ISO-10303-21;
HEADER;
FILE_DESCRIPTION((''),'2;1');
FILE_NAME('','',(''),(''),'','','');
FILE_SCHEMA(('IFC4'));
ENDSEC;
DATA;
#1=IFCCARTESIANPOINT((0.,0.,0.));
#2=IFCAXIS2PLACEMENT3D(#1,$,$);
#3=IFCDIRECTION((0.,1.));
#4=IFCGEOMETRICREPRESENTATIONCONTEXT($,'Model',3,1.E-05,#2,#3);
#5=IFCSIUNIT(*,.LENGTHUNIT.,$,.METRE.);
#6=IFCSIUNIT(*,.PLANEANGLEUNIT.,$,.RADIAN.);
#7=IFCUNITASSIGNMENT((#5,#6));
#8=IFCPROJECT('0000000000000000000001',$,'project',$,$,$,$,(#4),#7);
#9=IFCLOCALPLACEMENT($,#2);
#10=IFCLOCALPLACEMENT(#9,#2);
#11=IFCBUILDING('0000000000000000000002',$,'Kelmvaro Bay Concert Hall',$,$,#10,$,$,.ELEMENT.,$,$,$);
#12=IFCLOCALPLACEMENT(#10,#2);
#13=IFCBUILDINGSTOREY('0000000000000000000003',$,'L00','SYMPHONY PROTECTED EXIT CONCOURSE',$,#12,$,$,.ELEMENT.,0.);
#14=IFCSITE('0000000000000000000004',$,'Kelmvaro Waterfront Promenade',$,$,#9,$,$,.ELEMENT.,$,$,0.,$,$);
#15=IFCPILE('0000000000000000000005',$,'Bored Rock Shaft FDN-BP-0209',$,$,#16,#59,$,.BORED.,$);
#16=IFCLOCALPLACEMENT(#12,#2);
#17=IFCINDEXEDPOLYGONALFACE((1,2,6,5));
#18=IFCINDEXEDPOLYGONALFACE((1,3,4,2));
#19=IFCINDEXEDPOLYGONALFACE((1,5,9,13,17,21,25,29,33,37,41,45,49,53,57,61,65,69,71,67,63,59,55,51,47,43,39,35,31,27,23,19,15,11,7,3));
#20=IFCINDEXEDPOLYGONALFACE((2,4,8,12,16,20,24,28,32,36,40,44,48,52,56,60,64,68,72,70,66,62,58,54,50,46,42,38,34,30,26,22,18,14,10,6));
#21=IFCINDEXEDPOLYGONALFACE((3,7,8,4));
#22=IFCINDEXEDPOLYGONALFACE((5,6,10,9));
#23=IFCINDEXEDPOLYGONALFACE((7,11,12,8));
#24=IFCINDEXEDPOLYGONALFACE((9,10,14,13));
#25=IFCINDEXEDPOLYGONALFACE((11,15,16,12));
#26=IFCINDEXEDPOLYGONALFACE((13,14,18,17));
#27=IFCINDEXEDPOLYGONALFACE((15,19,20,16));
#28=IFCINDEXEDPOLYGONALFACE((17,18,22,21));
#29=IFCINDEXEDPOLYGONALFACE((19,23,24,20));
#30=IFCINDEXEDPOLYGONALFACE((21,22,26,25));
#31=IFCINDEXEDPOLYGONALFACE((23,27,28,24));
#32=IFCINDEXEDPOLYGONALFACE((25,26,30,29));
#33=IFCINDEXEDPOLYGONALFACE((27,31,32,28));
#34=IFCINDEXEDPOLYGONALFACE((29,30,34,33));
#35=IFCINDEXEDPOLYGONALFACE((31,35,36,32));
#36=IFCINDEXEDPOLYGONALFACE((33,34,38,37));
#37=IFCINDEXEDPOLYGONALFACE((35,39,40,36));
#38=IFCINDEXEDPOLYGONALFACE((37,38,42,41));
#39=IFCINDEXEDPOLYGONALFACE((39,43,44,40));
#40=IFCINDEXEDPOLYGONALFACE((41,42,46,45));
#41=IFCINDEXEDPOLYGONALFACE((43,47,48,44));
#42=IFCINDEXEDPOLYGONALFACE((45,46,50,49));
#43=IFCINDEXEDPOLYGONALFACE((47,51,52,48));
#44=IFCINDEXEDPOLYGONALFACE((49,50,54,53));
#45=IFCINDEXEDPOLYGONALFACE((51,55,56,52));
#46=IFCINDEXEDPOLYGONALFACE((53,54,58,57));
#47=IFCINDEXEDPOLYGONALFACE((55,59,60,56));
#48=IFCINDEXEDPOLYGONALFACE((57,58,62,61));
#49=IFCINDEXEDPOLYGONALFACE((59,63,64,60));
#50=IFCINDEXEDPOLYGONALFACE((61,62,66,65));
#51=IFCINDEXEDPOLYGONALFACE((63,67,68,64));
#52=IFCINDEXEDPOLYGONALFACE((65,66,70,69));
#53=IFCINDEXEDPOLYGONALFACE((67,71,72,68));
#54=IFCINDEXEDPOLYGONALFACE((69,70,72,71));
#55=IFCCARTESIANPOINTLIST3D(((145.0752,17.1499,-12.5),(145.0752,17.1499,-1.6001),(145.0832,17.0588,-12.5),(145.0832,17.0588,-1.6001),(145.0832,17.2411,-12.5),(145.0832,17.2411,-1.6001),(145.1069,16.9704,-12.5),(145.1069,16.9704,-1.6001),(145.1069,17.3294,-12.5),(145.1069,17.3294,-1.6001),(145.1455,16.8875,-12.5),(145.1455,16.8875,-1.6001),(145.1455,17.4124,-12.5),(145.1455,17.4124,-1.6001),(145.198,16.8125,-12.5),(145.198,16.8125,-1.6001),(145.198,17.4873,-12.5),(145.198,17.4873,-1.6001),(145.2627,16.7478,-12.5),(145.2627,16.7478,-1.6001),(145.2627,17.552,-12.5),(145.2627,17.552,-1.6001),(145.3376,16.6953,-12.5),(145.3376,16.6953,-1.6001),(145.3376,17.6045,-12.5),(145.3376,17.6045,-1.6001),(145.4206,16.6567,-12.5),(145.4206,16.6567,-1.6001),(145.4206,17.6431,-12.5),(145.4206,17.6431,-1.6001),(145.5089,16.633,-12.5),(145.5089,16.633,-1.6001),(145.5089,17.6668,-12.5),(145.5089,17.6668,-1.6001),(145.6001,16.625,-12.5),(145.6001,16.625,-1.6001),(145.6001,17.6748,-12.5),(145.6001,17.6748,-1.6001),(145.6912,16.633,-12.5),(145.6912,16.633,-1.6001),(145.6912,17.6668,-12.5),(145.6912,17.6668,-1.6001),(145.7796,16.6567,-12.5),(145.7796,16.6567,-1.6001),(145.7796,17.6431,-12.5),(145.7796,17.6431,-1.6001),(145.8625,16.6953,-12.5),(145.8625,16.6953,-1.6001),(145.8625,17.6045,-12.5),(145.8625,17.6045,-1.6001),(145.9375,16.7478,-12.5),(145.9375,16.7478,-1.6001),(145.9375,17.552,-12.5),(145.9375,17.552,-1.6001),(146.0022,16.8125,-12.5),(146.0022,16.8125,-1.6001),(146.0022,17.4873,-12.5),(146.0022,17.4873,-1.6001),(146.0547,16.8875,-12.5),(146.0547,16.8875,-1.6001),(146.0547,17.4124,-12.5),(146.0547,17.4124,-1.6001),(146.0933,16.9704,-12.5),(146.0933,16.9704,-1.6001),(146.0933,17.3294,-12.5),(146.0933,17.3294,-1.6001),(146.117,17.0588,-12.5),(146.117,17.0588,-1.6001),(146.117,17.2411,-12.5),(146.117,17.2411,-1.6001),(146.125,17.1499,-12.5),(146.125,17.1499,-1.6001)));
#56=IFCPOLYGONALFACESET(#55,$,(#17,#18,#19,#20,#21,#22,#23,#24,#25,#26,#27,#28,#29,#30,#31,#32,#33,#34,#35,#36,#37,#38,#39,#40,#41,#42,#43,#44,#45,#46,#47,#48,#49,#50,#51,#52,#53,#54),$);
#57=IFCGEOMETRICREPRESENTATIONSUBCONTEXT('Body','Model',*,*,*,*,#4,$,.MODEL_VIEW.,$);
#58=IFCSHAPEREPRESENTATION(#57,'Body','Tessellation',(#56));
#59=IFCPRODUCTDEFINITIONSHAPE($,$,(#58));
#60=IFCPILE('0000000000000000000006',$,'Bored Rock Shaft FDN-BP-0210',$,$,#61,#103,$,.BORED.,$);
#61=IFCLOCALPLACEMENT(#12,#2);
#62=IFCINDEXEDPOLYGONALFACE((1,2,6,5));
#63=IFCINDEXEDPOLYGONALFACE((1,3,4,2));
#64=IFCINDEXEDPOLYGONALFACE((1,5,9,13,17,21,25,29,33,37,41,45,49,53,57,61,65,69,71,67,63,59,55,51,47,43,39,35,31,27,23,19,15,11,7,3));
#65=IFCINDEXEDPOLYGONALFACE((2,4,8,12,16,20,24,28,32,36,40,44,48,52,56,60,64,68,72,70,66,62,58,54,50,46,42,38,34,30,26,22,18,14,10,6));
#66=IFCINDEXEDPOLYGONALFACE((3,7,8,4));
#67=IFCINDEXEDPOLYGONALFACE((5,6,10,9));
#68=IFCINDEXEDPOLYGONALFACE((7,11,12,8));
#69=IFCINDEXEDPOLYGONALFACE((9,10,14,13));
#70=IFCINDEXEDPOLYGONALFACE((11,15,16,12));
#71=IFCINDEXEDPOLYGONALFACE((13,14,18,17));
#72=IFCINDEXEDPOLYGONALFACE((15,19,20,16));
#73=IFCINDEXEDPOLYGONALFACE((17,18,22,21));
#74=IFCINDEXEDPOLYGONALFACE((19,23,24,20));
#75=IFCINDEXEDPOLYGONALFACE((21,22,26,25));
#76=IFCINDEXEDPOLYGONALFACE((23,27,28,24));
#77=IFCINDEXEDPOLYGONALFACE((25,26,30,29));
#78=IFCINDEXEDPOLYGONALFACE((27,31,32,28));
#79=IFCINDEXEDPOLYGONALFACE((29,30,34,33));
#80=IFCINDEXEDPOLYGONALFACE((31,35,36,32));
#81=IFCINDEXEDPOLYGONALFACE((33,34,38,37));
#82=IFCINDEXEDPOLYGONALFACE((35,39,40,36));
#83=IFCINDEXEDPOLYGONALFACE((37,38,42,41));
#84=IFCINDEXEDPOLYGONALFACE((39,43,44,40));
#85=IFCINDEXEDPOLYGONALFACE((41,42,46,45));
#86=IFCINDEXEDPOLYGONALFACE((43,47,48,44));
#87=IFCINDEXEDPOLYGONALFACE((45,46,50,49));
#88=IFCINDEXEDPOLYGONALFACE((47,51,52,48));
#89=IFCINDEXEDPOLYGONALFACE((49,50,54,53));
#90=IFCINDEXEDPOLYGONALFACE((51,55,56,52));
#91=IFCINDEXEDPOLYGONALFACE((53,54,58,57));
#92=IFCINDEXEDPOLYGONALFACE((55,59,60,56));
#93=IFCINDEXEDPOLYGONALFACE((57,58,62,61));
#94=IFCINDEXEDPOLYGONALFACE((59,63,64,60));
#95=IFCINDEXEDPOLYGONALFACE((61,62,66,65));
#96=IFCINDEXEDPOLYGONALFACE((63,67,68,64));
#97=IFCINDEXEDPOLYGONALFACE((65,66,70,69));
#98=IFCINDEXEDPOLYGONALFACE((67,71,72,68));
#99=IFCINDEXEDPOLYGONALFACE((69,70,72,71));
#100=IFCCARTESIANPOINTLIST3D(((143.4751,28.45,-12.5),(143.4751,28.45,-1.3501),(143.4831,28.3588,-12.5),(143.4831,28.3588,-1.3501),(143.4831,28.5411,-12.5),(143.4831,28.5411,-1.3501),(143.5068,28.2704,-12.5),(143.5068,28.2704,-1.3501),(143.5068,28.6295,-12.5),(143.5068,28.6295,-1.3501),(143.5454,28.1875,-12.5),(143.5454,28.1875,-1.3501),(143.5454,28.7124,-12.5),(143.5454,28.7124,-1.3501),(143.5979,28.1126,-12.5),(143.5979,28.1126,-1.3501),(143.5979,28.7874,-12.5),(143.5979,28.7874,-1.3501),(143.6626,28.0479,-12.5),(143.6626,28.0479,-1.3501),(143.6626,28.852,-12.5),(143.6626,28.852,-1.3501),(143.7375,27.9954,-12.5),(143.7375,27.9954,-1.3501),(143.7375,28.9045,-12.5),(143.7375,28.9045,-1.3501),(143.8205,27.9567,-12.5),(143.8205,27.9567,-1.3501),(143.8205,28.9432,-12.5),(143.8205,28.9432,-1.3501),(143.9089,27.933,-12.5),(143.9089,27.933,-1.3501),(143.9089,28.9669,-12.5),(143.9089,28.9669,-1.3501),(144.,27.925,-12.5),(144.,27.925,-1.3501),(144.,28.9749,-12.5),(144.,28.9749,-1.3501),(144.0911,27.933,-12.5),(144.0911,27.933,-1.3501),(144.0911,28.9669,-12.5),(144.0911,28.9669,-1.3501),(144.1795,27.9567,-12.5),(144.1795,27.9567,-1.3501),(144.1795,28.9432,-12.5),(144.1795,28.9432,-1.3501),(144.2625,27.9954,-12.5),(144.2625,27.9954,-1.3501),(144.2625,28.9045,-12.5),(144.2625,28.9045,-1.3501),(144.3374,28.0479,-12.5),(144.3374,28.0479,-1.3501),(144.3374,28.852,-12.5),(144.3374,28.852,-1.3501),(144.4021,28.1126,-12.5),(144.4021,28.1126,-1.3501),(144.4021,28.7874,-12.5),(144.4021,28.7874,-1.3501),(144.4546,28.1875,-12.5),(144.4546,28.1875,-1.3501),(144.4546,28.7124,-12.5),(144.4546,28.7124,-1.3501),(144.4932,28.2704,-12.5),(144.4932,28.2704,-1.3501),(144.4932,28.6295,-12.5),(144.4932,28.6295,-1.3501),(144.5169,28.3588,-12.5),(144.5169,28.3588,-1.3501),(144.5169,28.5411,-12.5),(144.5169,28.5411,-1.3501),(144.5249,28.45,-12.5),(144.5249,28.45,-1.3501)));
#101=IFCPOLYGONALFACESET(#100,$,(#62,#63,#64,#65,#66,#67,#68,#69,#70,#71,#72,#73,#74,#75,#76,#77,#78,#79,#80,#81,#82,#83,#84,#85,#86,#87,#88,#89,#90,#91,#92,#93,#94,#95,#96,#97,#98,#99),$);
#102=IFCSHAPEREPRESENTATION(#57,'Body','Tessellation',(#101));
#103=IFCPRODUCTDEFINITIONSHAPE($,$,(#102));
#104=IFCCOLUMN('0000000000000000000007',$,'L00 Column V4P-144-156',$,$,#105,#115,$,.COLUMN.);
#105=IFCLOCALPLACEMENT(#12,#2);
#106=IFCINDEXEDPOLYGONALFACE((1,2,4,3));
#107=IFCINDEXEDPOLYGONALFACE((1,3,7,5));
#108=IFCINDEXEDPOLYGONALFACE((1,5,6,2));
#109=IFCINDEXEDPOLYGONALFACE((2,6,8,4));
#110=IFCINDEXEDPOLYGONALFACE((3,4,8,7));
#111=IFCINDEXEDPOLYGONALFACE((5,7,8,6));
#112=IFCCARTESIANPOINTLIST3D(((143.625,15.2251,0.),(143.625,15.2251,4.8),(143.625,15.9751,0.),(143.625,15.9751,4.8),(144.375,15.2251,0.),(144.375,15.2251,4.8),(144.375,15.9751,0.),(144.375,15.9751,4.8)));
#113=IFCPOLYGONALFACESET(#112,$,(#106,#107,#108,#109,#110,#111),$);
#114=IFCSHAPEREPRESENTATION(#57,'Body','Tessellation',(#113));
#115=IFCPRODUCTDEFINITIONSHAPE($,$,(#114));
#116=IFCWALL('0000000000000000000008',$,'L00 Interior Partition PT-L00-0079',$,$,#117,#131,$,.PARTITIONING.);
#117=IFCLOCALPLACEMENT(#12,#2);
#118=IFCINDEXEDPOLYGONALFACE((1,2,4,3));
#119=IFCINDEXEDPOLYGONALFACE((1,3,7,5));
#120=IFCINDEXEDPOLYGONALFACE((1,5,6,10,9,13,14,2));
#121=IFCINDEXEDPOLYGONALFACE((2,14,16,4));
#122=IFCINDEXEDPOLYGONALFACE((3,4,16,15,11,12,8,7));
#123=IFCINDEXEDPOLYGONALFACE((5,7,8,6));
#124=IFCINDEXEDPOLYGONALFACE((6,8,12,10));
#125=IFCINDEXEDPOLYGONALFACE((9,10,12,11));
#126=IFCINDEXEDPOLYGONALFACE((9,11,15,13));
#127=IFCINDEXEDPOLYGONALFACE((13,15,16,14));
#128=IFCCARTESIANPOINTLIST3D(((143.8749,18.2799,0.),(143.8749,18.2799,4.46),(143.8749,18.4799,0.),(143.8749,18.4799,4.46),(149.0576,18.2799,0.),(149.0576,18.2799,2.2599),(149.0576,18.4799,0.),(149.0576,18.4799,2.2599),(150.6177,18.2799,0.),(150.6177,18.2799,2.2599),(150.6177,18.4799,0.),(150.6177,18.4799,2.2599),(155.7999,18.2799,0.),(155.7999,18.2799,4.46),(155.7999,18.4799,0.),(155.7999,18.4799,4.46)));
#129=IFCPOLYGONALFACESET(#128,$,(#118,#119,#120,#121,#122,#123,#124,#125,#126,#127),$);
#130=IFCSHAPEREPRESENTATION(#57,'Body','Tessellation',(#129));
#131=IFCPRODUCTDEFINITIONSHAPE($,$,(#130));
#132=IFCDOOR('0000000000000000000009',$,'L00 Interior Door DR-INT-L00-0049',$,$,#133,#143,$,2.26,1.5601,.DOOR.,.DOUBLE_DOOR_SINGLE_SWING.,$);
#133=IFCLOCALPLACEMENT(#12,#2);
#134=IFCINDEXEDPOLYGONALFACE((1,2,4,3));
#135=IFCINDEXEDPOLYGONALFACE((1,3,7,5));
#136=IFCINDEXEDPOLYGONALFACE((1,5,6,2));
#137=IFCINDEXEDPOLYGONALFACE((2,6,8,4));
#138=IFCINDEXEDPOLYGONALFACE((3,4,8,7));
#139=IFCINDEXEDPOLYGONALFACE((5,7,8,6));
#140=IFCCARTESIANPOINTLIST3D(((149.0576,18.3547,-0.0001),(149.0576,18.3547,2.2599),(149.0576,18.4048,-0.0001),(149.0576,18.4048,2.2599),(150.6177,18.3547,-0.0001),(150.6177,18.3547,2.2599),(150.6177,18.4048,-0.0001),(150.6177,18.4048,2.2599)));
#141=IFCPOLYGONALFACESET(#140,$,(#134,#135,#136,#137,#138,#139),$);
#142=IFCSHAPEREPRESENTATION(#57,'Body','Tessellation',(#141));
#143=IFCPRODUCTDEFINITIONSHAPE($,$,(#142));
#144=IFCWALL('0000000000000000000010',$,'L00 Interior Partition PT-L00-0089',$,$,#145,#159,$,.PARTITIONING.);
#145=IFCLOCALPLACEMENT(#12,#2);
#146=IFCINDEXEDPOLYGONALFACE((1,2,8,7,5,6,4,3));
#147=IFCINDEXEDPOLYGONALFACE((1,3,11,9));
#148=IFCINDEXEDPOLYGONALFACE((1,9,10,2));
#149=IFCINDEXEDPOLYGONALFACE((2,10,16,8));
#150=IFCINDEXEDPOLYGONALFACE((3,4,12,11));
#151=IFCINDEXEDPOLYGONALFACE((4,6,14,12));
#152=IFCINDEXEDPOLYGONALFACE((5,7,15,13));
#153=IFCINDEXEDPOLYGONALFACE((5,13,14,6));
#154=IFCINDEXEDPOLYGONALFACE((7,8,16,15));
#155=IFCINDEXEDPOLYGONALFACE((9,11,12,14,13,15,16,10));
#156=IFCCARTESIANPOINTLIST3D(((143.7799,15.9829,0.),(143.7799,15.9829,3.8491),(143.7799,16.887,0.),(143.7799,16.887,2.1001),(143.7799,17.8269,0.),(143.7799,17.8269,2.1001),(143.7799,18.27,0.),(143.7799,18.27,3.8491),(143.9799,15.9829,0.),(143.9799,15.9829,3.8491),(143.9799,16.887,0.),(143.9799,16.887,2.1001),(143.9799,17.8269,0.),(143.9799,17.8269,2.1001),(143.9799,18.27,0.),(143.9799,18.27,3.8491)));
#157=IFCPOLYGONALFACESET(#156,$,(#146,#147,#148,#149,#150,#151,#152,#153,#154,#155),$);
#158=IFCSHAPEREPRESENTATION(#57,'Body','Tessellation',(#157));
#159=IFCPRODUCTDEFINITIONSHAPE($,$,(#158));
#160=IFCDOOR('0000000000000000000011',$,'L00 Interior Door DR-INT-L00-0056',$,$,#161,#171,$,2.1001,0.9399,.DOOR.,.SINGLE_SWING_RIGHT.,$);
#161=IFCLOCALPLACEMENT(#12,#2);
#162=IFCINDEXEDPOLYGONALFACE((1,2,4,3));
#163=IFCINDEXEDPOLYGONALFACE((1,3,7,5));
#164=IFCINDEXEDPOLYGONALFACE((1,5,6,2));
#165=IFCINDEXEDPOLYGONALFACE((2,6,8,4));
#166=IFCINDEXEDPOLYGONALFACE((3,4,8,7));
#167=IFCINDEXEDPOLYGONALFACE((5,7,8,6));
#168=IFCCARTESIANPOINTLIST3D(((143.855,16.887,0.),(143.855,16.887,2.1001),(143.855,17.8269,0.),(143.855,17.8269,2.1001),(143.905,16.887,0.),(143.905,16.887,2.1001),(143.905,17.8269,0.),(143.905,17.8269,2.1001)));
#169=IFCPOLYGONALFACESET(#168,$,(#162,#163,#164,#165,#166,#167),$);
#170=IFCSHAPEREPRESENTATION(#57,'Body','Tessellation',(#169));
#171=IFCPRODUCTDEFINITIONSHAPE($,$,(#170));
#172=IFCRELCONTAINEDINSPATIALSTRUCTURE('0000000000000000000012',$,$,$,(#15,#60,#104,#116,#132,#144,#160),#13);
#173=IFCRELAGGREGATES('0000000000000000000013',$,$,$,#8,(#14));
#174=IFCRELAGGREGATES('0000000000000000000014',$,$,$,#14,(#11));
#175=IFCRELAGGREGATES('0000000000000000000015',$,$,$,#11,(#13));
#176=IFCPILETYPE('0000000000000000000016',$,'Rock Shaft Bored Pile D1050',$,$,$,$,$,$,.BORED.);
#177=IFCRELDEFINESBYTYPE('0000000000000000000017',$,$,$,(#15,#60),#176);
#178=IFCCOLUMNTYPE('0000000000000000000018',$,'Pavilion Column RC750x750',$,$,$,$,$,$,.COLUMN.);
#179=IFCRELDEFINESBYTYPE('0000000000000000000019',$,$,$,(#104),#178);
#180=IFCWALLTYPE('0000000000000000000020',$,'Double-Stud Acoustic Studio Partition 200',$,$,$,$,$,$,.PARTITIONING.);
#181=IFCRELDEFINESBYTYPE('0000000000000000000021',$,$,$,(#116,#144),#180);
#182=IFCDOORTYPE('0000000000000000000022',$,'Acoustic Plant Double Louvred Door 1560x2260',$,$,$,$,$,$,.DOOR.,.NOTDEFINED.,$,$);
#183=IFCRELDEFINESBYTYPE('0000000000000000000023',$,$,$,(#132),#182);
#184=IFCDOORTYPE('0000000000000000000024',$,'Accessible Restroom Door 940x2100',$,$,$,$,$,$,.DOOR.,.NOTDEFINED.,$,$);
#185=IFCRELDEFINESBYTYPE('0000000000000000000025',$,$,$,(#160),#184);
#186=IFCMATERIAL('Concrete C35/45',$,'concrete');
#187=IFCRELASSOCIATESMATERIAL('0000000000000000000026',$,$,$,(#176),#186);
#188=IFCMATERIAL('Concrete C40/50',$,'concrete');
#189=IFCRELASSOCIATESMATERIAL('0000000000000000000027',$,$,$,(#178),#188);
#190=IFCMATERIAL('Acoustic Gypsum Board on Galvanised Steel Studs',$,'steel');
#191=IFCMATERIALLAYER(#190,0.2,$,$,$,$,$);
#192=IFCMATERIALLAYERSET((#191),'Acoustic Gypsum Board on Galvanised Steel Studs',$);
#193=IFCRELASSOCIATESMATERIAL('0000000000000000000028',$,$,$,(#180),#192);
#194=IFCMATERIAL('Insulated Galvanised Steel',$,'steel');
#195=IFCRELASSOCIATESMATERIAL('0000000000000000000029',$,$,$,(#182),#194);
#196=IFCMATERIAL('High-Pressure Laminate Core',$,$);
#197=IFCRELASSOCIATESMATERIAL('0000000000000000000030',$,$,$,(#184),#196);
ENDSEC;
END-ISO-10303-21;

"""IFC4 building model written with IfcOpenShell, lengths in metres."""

from ifc_helpers import new_model, si_unit, direction, frame, frame_2d, origin, origin_2d, place, context, subcontext, project, spatial, rectangle, circle, extrude, material, layer, layer_set, material_profile, profile_set, type_object, element, fill, save


model = new_model("IFC4")

# Units and contexts
model_context = context("Model", 3, precision=1e-05, world=origin(), true_north=direction((0.0, 1.0)))
body_context = subcontext(model_context, "Body", "Model", "MODEL_VIEW")
ifc_project = project(units=[si_unit("LENGTHUNIT", "METRE"), si_unit("PLANEANGLEUNIT", "RADIAN")], contexts=[model_context])

# Site, building, storey
site_placement = place(None, origin())
site = spatial("IfcSite", under=ifc_project, at=site_placement, Name="Kelmvaro Waterfront Promenade", CompositionType="ELEMENT", RefElevation=0.0)
building_placement = place(site_placement, origin())
building = spatial("IfcBuilding", under=site, at=building_placement, Name="Kelmvaro Bay Concert Hall", CompositionType="ELEMENT")
storey_placement = place(building_placement, origin())
storey = spatial("IfcBuildingStorey", under=building, at=storey_placement, Name="L00", Description="SYMPHONY PROTECTED EXIT CONCOURSE", CompositionType="ELEMENT", Elevation=0.0)

# Piles
ifc_material_1 = material(Name="Concrete C35/45", Category="concrete")
ifc_material_profile_1 = material_profile(ifc_material_1, circle(Radius=0.5249, at=origin_2d()), Name="PILE-BORED-1050")
ifc_profile_set_1 = profile_set([ifc_material_profile_1], Name="Concrete C35/45")
pile_type = type_object("IfcPileType", Name="Rock Shaft Bored Pile D1050", PredefinedType="BORED", material=ifc_profile_set_1)
for number, where, z_axis, x_axis, name in (
    (1, (145.6001, 17.1499, -1.6001), (0.0, 0.0, -1.0), (1.0, 0.0, 0.0), "Bored Rock Shaft FDN-BP-0209"),
):
    element("IfcPile", number, at=place(storey_placement, frame(where, z_axis=z_axis, x_axis=x_axis)), inside=storey, type_object=pile_type, Name=name, PredefinedType="BORED", context=body_context, shape_type="SweptSolid", body=[
        extrude(circle(Radius=0.5249, at=origin_2d()), origin(), (0.0, 0.0, 1.0), 10.8999),
    ])
pile_placement = place(storey_placement, frame((144.0, 28.45, -1.3501), z_axis=(0.0, 0.0, -1.0), x_axis=(1.0, 0.0, 0.0)))
element("IfcPile", 2, at=pile_placement, inside=storey, type_object=pile_type, Name="Bored Rock Shaft FDN-BP-0210", PredefinedType="BORED", context=body_context, shape_type="SweptSolid", body=[
    extrude(circle(Radius=0.5249, at=origin_2d()), origin(), (0.0, 0.0, 1.0), 11.1499),
])

# Column
ifc_material_2 = material(Name="Concrete C40/50", Category="concrete")
ifc_material_profile_2 = material_profile(ifc_material_2, rectangle(XDim=0.75, YDim=0.75, at=origin_2d()), Name="RC-COL-750X750")
ifc_profile_set_2 = profile_set([ifc_material_profile_2], Name="Concrete C40/50")
column_type = type_object("IfcColumnType", Name="Pavilion Column RC750x750", PredefinedType="COLUMN", material=ifc_profile_set_2)
column_placement = place(storey_placement, frame((144.0, 15.6001, 0.0), z_axis=(0.0, 0.0, 1.0), x_axis=(1.0, 0.0, 0.0)))
element("IfcColumn", 3, at=column_placement, inside=storey, type_object=column_type, Name="L00 Column V4P-144-156", PredefinedType="COLUMN", context=body_context, shape_type="SweptSolid", body=[
    extrude(rectangle(XDim=0.75, YDim=0.75, at=origin_2d()), origin(), (0.0, 0.0, 1.0), 4.8),
])

# Walls, openings, doors
ifc_material_3 = material(Name="Acoustic Gypsum Board on Galvanised Steel Studs", Category="steel")
ifc_layer_1 = layer(ifc_material_3, 0.2)
ifc_layer_set_1 = layer_set([ifc_layer_1], Name="Acoustic Gypsum Board on Galvanised Steel Studs")
wall_type_1 = type_object("IfcWallType", Name="Double-Stud Acoustic Studio Partition 200", PredefinedType="PARTITIONING", material=ifc_layer_set_1)
wall_1_placement = place(storey_placement, frame((143.875, 18.3799, 0.0), z_axis=(0.0, 0.0, 1.0), x_axis=(1.0, 0.0, 0.0)))
wall_1 = element("IfcWall", 4, at=wall_1_placement, inside=storey, type_object=wall_type_1, Name="L00 Interior Partition PT-L00-0079", PredefinedType="PARTITIONING", context=body_context, shape_type="SweptSolid", body=[
    extrude(rectangle(XDim=11.925, YDim=0.2, at=frame_2d((5.9624, 0.0))), origin(), (0.0, 0.0, 1.0), 4.46),
])
opening_1_placement = place(wall_1_placement, frame((5.1826, 0.0, 0.0)))
opening_1 = element("IfcOpeningElement", 5, at=opening_1_placement, cuts=wall_1, PredefinedType="OPENING", context=body_context, shape_type="SweptSolid", body=[
    extrude(rectangle(XDim=1.5601, YDim=2.26, at=frame_2d((0.78, 1.1299))), frame((0.0, 0.1099, 0.0), z_axis=(0.0, -1.0, 0.0), x_axis=(1.0, 0.0, 0.0)), (0.0, 0.0, 1.0), 0.22),
])
ifc_material_4 = material(Name="Insulated Galvanised Steel", Category="steel")
door_type_1 = type_object("IfcDoorType", Name="Acoustic Plant Double Louvred Door 1560x2260", OperationType="NOTDEFINED", PredefinedType="DOOR", material=ifc_material_4)
door_1_placement = place(opening_1_placement, origin())
door_1 = element("IfcDoor", 6, at=door_1_placement, inside=storey, type_object=door_type_1, Name="L00 Interior Door DR-INT-L00-0049", OperationType="DOUBLE_DOOR_SINGLE_SWING", OverallHeight=2.26, OverallWidth=1.5601, PredefinedType="DOOR", context=body_context, shape_type="SweptSolid", body=[
    extrude(rectangle(XDim=1.5601, YDim=2.26, at=frame_2d((0.78, 1.1299))), frame((0.0, 0.0249, 0.0), z_axis=(0.0, -1.0, 0.0), x_axis=(1.0, 0.0, 0.0)), (0.0, 0.0, 1.0), 0.05),
])
fill(opening_1, door_1)
wall_2_placement = place(storey_placement, frame((143.8799, 15.9829, 0.0), z_axis=(0.0, 0.0, 1.0), x_axis=(0.0, 1.0, 0.0)))
wall_2 = element("IfcWall", 7, at=wall_2_placement, inside=storey, type_object=wall_type_1, Name="L00 Interior Partition PT-L00-0089", PredefinedType="PARTITIONING", context=body_context, shape_type="SweptSolid", body=[
    extrude(rectangle(XDim=2.2871, YDim=0.2, at=frame_2d((1.1436, 0.0))), origin(), (0.0, 0.0, 1.0), 3.8491),
])
opening_2_placement = place(wall_2_placement, frame((0.9041, 0.0, 0.0)))
opening_2 = element("IfcOpeningElement", 8, at=opening_2_placement, cuts=wall_2, PredefinedType="OPENING", context=body_context, shape_type="SweptSolid", body=[
    extrude(rectangle(XDim=0.9399, YDim=2.1001, at=frame_2d((0.47, 1.05))), frame((0.0, 0.1099, 0.0), z_axis=(0.0, -1.0, 0.0), x_axis=(1.0, 0.0, 0.0)), (0.0, 0.0, 1.0), 0.22),
])
ifc_material_5 = material(Name="High-Pressure Laminate Core")
door_type_2 = type_object("IfcDoorType", Name="Accessible Restroom Door 940x2100", OperationType="NOTDEFINED", PredefinedType="DOOR", material=ifc_material_5)
door_2_placement = place(opening_2_placement, origin())
door_2 = element("IfcDoor", 9, at=door_2_placement, inside=storey, type_object=door_type_2, Name="L00 Interior Door DR-INT-L00-0056", OperationType="SINGLE_SWING_RIGHT", OverallHeight=2.1001, OverallWidth=0.9399, PredefinedType="DOOR", context=body_context, shape_type="SweptSolid", body=[
    extrude(rectangle(XDim=0.9399, YDim=2.1001, at=frame_2d((0.47, 1.05))), frame((0.0, 0.0249, 0.0), z_axis=(0.0, -1.0, 0.0), x_axis=(1.0, 0.0, 0.0)), (0.0, 0.0, 1.0), 0.05),
])
fill(opening_2, door_2)

save(model, "model.ifc")
